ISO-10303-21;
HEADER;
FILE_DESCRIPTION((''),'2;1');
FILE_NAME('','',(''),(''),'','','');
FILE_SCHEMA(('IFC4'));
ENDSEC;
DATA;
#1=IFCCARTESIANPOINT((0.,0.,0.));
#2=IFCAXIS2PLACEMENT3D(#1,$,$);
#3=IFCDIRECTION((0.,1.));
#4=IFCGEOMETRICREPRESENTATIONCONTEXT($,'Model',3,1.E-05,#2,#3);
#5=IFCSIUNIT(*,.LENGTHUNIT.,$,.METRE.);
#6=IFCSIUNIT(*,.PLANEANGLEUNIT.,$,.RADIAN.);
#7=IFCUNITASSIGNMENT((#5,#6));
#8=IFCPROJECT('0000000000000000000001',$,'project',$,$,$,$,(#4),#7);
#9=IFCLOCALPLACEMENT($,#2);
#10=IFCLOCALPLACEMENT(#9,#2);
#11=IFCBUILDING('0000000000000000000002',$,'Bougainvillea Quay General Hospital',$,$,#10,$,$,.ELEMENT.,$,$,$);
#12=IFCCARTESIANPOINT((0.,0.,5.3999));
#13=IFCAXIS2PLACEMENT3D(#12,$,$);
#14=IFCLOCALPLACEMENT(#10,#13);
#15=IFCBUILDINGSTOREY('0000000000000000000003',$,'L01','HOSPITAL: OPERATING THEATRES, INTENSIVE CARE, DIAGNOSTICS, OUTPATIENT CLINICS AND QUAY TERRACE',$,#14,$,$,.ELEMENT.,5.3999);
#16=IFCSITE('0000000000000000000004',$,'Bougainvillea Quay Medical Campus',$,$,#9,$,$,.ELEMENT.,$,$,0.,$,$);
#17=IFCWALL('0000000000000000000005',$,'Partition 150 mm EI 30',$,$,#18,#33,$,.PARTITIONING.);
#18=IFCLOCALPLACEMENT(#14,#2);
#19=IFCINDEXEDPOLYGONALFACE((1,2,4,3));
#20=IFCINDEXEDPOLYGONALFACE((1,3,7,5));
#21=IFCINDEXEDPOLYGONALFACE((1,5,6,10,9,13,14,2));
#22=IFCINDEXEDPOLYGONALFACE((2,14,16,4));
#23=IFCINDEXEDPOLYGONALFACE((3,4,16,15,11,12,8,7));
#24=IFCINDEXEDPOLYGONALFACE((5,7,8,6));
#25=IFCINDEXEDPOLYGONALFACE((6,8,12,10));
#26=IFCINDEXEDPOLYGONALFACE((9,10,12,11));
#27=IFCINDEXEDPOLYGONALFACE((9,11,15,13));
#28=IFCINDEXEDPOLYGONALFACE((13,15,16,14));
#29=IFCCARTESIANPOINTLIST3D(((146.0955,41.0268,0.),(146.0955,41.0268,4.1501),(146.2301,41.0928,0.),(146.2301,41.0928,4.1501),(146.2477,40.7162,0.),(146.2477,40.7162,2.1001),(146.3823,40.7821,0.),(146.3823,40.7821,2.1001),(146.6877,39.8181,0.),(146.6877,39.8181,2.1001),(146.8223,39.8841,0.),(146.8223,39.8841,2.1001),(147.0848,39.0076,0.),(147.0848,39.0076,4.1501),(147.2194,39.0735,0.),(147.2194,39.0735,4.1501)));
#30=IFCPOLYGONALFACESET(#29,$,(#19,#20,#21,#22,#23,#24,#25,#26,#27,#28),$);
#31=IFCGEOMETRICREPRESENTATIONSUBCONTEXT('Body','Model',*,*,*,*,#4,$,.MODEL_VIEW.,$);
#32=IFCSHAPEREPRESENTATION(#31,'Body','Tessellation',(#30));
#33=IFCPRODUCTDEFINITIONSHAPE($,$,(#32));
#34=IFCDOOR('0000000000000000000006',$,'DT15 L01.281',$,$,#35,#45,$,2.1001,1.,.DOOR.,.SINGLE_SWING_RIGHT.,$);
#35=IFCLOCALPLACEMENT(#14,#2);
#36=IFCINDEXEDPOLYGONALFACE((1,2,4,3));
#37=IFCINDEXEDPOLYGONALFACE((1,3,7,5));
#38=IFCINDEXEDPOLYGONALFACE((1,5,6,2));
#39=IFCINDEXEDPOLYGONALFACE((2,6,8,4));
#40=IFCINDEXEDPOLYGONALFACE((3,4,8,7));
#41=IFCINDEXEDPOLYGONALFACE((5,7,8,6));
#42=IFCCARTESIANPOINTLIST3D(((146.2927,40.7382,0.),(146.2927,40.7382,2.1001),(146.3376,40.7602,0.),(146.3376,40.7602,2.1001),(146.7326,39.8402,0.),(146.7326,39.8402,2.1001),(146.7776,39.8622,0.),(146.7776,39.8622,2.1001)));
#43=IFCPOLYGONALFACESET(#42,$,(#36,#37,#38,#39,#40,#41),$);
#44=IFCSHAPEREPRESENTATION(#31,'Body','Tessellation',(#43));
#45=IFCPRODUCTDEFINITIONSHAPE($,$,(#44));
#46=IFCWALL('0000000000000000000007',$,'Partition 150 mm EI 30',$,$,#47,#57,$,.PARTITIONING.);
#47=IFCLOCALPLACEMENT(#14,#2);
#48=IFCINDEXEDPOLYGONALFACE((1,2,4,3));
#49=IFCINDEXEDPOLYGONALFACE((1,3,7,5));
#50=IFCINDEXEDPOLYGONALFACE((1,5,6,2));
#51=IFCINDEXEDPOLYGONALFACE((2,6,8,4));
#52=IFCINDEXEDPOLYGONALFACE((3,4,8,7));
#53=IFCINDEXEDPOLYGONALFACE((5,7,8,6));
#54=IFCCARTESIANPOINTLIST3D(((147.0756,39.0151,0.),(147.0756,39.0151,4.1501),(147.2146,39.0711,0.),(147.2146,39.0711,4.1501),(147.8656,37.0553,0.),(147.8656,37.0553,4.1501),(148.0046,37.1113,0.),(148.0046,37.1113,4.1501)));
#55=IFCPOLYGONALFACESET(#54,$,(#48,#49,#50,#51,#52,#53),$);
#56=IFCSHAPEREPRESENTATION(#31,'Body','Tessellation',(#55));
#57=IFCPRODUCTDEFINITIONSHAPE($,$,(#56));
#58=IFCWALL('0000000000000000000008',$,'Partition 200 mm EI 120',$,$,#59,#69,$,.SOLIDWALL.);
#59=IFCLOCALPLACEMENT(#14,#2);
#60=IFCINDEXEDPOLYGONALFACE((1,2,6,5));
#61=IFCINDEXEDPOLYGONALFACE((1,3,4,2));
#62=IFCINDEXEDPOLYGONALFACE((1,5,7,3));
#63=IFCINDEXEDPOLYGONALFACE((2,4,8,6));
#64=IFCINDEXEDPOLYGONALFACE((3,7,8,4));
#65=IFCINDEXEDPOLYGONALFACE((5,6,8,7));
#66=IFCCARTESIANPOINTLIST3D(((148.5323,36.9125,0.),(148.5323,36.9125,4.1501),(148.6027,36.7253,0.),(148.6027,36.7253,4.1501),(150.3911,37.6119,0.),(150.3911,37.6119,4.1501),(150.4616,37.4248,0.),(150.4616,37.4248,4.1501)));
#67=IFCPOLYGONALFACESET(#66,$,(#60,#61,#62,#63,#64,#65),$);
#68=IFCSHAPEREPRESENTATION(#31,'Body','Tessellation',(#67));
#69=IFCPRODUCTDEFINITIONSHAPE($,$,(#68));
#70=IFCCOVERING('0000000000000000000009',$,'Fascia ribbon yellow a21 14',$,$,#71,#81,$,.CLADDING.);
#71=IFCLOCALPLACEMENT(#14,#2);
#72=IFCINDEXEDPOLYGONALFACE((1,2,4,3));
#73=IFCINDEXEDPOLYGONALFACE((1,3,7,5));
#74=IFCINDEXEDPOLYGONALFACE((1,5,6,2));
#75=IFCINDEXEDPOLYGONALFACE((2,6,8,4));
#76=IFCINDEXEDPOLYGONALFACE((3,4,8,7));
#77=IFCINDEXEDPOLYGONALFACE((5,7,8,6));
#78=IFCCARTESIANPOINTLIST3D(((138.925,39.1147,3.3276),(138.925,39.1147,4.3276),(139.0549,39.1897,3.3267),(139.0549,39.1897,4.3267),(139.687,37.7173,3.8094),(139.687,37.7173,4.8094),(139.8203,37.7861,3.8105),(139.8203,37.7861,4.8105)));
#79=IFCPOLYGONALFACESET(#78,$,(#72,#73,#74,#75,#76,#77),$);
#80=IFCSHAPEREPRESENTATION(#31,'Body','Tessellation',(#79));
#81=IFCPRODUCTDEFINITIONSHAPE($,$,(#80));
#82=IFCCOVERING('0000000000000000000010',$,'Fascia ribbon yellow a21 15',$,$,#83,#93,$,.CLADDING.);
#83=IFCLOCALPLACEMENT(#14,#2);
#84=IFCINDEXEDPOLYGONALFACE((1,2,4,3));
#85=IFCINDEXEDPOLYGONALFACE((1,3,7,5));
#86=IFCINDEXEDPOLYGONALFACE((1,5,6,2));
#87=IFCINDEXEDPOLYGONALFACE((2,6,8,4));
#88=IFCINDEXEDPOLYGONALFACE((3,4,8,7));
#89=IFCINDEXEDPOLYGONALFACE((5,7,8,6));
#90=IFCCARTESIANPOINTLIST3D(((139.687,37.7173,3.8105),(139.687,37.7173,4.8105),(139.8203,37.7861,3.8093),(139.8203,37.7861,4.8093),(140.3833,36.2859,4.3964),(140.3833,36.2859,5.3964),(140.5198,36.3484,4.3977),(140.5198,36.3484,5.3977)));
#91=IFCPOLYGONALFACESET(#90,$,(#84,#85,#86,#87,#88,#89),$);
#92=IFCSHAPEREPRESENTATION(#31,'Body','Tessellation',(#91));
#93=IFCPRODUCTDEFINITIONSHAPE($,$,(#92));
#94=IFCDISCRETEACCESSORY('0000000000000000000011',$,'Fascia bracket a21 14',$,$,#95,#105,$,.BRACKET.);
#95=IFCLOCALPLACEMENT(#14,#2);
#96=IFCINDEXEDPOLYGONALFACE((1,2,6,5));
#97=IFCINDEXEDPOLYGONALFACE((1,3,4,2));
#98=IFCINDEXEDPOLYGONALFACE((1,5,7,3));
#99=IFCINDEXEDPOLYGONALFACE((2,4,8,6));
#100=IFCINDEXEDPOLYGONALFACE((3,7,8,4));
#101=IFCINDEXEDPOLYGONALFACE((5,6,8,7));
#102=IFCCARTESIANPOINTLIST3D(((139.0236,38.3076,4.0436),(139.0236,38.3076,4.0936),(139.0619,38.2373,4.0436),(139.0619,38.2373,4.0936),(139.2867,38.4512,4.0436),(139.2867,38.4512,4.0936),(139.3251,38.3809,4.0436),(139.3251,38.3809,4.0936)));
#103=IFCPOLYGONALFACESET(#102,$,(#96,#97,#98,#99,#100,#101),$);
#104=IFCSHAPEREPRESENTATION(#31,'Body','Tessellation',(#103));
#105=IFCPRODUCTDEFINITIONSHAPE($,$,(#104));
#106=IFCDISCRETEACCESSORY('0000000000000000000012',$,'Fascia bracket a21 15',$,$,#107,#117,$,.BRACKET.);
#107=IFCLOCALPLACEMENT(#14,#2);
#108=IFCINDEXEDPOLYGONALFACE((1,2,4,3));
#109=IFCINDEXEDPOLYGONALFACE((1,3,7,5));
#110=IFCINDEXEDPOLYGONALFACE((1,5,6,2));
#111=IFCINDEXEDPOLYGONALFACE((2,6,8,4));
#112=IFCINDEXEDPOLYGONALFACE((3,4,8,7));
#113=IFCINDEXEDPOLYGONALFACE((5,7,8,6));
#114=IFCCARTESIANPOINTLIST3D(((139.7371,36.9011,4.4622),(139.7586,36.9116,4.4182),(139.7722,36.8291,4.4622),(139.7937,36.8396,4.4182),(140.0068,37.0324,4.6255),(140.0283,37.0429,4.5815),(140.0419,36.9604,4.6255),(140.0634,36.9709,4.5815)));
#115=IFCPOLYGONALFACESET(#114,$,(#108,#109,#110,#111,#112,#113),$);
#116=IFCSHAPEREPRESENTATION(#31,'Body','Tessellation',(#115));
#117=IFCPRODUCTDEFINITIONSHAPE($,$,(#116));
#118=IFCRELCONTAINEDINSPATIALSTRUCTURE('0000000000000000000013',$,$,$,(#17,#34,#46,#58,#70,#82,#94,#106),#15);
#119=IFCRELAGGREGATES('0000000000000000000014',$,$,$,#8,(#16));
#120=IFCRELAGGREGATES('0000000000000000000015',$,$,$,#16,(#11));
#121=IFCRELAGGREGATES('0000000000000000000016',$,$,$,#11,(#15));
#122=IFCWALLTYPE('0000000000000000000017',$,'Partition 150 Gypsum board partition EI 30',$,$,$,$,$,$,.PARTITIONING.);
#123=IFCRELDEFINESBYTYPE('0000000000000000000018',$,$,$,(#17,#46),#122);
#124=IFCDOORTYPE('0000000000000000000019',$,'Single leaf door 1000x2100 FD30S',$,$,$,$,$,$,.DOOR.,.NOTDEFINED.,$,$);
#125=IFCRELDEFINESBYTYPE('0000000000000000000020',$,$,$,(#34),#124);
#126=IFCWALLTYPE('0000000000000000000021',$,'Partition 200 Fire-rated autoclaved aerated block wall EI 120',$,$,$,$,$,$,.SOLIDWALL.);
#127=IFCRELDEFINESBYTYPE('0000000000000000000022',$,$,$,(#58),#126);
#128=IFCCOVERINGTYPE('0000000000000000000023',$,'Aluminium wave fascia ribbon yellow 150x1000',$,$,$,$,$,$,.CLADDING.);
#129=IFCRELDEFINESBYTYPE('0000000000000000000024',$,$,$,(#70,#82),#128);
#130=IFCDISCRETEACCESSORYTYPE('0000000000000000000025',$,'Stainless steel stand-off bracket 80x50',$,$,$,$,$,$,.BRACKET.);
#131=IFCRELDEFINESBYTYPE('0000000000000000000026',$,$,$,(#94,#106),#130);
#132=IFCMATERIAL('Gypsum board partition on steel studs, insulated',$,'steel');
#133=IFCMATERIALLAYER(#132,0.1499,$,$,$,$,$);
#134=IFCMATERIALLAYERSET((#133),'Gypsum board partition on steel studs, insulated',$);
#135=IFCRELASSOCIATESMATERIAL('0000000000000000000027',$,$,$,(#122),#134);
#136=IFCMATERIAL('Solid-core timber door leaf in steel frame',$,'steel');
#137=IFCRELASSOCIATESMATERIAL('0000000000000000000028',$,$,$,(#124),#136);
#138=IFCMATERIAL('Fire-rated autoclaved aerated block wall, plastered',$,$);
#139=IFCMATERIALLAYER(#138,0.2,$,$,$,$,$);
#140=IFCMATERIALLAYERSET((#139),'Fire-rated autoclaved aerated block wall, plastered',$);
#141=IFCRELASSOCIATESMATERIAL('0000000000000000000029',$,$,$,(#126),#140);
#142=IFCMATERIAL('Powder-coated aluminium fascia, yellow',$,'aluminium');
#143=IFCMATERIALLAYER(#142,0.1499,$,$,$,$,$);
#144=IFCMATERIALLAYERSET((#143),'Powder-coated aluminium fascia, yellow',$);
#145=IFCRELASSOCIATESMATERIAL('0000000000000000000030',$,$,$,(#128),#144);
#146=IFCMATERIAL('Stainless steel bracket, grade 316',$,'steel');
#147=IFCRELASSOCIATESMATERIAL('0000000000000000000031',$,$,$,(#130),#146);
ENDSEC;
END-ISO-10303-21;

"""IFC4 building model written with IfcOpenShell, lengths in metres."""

from ifc_helpers import new_model, si_unit, direction, frame, frame_2d, origin, origin_2d, place, context, subcontext, project, spatial, polyline, rectangle, outline, extrude, material, layer, layer_set, material_profile, profile_set, type_object, element, fill, save


model = new_model("IFC4")

# Units and contexts
model_context = context("Model", 3, precision=1e-05, world=origin(), true_north=direction((0.0, 1.0)))
body_context = subcontext(model_context, "Body", "Model", "MODEL_VIEW")
ifc_project = project(units=[si_unit("LENGTHUNIT", "METRE"), si_unit("PLANEANGLEUNIT", "RADIAN")], contexts=[model_context])

# Site, building, storey
site_placement = place(None, origin())
site = spatial("IfcSite", under=ifc_project, at=site_placement, Name="Bougainvillea Quay Medical Campus", CompositionType="ELEMENT", RefElevation=0.0)
building_placement = place(site_placement, origin())
building = spatial("IfcBuilding", under=site, at=building_placement, Name="Bougainvillea Quay General Hospital", CompositionType="ELEMENT")
storey_placement = place(building_placement, frame((0.0, 0.0, 5.3999)))
storey = spatial("IfcBuildingStorey", under=building, at=storey_placement, Name="L01", Description="HOSPITAL: OPERATING THEATRES, INTENSIVE CARE, DIAGNOSTICS, OUTPATIENT CLINICS AND QUAY TERRACE", CompositionType="ELEMENT", Elevation=5.3999)

# Wall, opening, door
ifc_material_1 = material(Name="Gypsum board partition on steel studs, insulated", Category="steel")
ifc_layer_1 = layer(ifc_material_1, 0.1499)
ifc_layer_set_1 = layer_set([ifc_layer_1], Name="Gypsum board partition on steel studs, insulated")
wall_type_1 = type_object("IfcWallType", Name="Partition 150 Gypsum board partition EI 30", PredefinedType="PARTITIONING", material=ifc_layer_set_1)
wall_1_placement = place(storey_placement, frame((146.1628, 41.0598, 0.0), z_axis=(0.0, 0.0, 1.0), x_axis=(0.439946, -0.898024, 0.0)))
wall_1 = element("IfcWall", 1, at=wall_1_placement, inside=storey, type_object=wall_type_1, Name="Partition 150 mm EI 30", PredefinedType="PARTITIONING", context=body_context, shape_type="SweptSolid", body=[
    extrude(rectangle(XDim=2.2485, YDim=0.1499, at=frame_2d((1.1243, 0.0))), origin(), (0.0, 0.0, 1.0), 4.1501),
])
opening_1_placement = place(wall_1_placement, frame((0.3459, 0.0, 0.0)))
opening_1 = element("IfcOpeningElement", 2, at=opening_1_placement, cuts=wall_1, PredefinedType="OPENING", context=body_context, shape_type="SweptSolid", body=[
    extrude(rectangle(XDim=1.0, YDim=2.1001, at=frame_2d((0.5, 1.05))), frame((0.0, 0.085, 0.0), z_axis=(0.0, -1.0, 0.0), x_axis=(1.0, 0.0, 0.0)), (0.0, 0.0, 1.0), 0.1699),
])
ifc_material_2 = material(Name="Solid-core timber door leaf in steel frame", Category="steel")
door_type_1 = type_object("IfcDoorType", Name="Single leaf door 1000x2100 FD30S", OperationType="NOTDEFINED", PredefinedType="DOOR", material=ifc_material_2)
door_1_placement = place(opening_1_placement, frame((1.0, 0.0, 0.0), z_axis=(0.0, 0.0, 1.0), x_axis=(-1.0, 0.0, 0.0)))
door_1 = element("IfcDoor", 3, at=door_1_placement, inside=storey, type_object=door_type_1, Name="DT15 L01.281", OperationType="SINGLE_SWING_RIGHT", OverallHeight=2.1001, OverallWidth=1.0, PredefinedType="DOOR", context=body_context, shape_type="SweptSolid", body=[
    extrude(rectangle(XDim=1.0, YDim=2.1001, at=frame_2d((0.5, 1.05))), frame((0.0, 0.0249, 0.0), z_axis=(0.0, -1.0, 0.0), x_axis=(1.0, 0.0, 0.0)), (0.0, 0.0, 1.0), 0.05),
])
fill(opening_1, door_1)

# Walls
wall_2_placement = place(storey_placement, frame((147.145, 39.0432, 0.0), z_axis=(0.0, 0.0, 1.0), x_axis=(0.373899, -0.927469, 0.0)))
element("IfcWall", 4, at=wall_2_placement, inside=storey, type_object=wall_type_1, Name="Partition 150 mm EI 30", PredefinedType="PARTITIONING", context=body_context, shape_type="SweptSolid", body=[
    extrude(rectangle(XDim=2.113, YDim=0.1499, at=frame_2d((1.0566, 0.0))), origin(), (0.0, 0.0, 1.0), 4.1501),
])
ifc_material_3 = material(Name="Fire-rated autoclaved aerated block wall, plastered")
ifc_layer_2 = layer(ifc_material_3, 0.2)
ifc_layer_set_2 = layer_set([ifc_layer_2], Name="Fire-rated autoclaved aerated block wall, plastered")
wall_type_2 = type_object("IfcWallType", Name="Partition 200 Fire-rated autoclaved aerated block wall EI 120", PredefinedType="SOLIDWALL", material=ifc_layer_set_2)
wall_3_placement = place(storey_placement, frame((148.5674, 36.8188, 0.0), z_axis=(0.0, 0.0, 1.0), x_axis=(0.935935, 0.352174, 0.0)))
element("IfcWall", 5, at=wall_3_placement, inside=storey, type_object=wall_type_2, Name="Partition 200 mm EI 120", PredefinedType="SOLIDWALL", context=body_context, shape_type="SweptSolid", body=[
    extrude(rectangle(XDim=1.9861, YDim=0.2, at=frame_2d((0.9932, 0.0))), origin(), (0.0, 0.0, 1.0), 4.1501),
])

# Coverings
ifc_material_4 = material(Name="Powder-coated aluminium fascia, yellow", Category="aluminium")
ifc_layer_3 = layer(ifc_material_4, 0.1499)
ifc_layer_set_3 = layer_set([ifc_layer_3], Name="Powder-coated aluminium fascia, yellow")
covering_type = type_object("IfcCoveringType", Name="Aluminium wave fascia ribbon yellow 150x1000", PredefinedType="CLADDING", material=ifc_layer_set_3)
covering_1_placement = place(storey_placement, frame((138.925, 39.1147, 3.3276), z_axis=(-0.139578, 0.253833, 0.957124), x_axis=(0.458187, -0.840329, 0.289676)))
element("IfcCovering", 6, at=covering_1_placement, inside=storey, type_object=covering_type, Name="Fascia ribbon yellow a21 14", PredefinedType="CLADDING", context=body_context, shape_type="SweptSolid", body=[
    extrude(outline(polyline([(0.0, 0.0), (1.663, 0.0), (1.6666, 0.15), (-0.0038, 0.1499), (0.0, 0.0)])), origin(), (0.289676, 0.000988, 0.957124), 1.0),
])
covering_2_placement = place(storey_placement, frame((139.687, 37.7173, 3.8105), z_axis=(-0.151199, 0.310548, 0.938455), x_axis=(0.410511, -0.843907, 0.3454)))
element("IfcCovering", 7, at=covering_2_placement, inside=storey, type_object=covering_type, Name="Fascia ribbon yellow a21 15", PredefinedType="CLADDING", context=body_context, shape_type="SweptSolid", body=[
    extrude(outline(polyline([(0.0, 0.0), (1.6962, 0.0), (1.6999, 0.1501), (-0.0038, 0.15), (0.0, 0.0)])), origin(), (0.3454, 0.000115, 0.938455), 1.0),
])

# Discrete accessories
ifc_material_5 = material(Name="Stainless steel bracket, grade 316", Category="steel")
ifc_material_profile_1 = material_profile(ifc_material_5, rectangle(XDim=0.0801, YDim=0.05, at=origin_2d()))
ifc_profile_set_1 = profile_set([ifc_material_profile_1], Name="Stainless steel bracket, grade 316")
discrete_accessory_type = type_object("IfcDiscreteAccessoryType", Name="Stainless steel stand-off bracket 80x50", PredefinedType="BRACKET", material=ifc_profile_set_1)
discrete_accessory_1_placement = place(storey_placement, frame((139.0427, 38.2725, 4.0686), z_axis=(0.877896, 0.478852, 0.0), x_axis=(-0.478852, 0.877896, 0.0)))
element("IfcDiscreteAccessory", 8, at=discrete_accessory_1_placement, inside=storey, type_object=discrete_accessory_type, Name="Fascia bracket a21 14", PredefinedType="BRACKET", context=body_context, shape_type="SweptSolid", body=[
    extrude(rectangle(XDim=0.0801, YDim=0.05, at=origin_2d()), origin(), (0.0, 0.0, 1.0), 0.2998),
])
discrete_accessory_2_placement = place(storey_placement, frame((139.7654, 36.8704, 4.4402), z_axis=(0.789683, 0.384479, 0.478097), x_axis=(-0.43775, 0.899097, 0.0)))
element("IfcDiscreteAccessory", 9, at=discrete_accessory_2_placement, inside=storey, type_object=discrete_accessory_type, Name="Fascia bracket a21 15", PredefinedType="BRACKET", context=body_context, shape_type="SweptSolid", body=[
    extrude(rectangle(XDim=0.0801, YDim=0.05, at=origin_2d()), origin(), (0.0, 0.0, 1.0), 0.3416),
])

save(model, "model.ifc")
